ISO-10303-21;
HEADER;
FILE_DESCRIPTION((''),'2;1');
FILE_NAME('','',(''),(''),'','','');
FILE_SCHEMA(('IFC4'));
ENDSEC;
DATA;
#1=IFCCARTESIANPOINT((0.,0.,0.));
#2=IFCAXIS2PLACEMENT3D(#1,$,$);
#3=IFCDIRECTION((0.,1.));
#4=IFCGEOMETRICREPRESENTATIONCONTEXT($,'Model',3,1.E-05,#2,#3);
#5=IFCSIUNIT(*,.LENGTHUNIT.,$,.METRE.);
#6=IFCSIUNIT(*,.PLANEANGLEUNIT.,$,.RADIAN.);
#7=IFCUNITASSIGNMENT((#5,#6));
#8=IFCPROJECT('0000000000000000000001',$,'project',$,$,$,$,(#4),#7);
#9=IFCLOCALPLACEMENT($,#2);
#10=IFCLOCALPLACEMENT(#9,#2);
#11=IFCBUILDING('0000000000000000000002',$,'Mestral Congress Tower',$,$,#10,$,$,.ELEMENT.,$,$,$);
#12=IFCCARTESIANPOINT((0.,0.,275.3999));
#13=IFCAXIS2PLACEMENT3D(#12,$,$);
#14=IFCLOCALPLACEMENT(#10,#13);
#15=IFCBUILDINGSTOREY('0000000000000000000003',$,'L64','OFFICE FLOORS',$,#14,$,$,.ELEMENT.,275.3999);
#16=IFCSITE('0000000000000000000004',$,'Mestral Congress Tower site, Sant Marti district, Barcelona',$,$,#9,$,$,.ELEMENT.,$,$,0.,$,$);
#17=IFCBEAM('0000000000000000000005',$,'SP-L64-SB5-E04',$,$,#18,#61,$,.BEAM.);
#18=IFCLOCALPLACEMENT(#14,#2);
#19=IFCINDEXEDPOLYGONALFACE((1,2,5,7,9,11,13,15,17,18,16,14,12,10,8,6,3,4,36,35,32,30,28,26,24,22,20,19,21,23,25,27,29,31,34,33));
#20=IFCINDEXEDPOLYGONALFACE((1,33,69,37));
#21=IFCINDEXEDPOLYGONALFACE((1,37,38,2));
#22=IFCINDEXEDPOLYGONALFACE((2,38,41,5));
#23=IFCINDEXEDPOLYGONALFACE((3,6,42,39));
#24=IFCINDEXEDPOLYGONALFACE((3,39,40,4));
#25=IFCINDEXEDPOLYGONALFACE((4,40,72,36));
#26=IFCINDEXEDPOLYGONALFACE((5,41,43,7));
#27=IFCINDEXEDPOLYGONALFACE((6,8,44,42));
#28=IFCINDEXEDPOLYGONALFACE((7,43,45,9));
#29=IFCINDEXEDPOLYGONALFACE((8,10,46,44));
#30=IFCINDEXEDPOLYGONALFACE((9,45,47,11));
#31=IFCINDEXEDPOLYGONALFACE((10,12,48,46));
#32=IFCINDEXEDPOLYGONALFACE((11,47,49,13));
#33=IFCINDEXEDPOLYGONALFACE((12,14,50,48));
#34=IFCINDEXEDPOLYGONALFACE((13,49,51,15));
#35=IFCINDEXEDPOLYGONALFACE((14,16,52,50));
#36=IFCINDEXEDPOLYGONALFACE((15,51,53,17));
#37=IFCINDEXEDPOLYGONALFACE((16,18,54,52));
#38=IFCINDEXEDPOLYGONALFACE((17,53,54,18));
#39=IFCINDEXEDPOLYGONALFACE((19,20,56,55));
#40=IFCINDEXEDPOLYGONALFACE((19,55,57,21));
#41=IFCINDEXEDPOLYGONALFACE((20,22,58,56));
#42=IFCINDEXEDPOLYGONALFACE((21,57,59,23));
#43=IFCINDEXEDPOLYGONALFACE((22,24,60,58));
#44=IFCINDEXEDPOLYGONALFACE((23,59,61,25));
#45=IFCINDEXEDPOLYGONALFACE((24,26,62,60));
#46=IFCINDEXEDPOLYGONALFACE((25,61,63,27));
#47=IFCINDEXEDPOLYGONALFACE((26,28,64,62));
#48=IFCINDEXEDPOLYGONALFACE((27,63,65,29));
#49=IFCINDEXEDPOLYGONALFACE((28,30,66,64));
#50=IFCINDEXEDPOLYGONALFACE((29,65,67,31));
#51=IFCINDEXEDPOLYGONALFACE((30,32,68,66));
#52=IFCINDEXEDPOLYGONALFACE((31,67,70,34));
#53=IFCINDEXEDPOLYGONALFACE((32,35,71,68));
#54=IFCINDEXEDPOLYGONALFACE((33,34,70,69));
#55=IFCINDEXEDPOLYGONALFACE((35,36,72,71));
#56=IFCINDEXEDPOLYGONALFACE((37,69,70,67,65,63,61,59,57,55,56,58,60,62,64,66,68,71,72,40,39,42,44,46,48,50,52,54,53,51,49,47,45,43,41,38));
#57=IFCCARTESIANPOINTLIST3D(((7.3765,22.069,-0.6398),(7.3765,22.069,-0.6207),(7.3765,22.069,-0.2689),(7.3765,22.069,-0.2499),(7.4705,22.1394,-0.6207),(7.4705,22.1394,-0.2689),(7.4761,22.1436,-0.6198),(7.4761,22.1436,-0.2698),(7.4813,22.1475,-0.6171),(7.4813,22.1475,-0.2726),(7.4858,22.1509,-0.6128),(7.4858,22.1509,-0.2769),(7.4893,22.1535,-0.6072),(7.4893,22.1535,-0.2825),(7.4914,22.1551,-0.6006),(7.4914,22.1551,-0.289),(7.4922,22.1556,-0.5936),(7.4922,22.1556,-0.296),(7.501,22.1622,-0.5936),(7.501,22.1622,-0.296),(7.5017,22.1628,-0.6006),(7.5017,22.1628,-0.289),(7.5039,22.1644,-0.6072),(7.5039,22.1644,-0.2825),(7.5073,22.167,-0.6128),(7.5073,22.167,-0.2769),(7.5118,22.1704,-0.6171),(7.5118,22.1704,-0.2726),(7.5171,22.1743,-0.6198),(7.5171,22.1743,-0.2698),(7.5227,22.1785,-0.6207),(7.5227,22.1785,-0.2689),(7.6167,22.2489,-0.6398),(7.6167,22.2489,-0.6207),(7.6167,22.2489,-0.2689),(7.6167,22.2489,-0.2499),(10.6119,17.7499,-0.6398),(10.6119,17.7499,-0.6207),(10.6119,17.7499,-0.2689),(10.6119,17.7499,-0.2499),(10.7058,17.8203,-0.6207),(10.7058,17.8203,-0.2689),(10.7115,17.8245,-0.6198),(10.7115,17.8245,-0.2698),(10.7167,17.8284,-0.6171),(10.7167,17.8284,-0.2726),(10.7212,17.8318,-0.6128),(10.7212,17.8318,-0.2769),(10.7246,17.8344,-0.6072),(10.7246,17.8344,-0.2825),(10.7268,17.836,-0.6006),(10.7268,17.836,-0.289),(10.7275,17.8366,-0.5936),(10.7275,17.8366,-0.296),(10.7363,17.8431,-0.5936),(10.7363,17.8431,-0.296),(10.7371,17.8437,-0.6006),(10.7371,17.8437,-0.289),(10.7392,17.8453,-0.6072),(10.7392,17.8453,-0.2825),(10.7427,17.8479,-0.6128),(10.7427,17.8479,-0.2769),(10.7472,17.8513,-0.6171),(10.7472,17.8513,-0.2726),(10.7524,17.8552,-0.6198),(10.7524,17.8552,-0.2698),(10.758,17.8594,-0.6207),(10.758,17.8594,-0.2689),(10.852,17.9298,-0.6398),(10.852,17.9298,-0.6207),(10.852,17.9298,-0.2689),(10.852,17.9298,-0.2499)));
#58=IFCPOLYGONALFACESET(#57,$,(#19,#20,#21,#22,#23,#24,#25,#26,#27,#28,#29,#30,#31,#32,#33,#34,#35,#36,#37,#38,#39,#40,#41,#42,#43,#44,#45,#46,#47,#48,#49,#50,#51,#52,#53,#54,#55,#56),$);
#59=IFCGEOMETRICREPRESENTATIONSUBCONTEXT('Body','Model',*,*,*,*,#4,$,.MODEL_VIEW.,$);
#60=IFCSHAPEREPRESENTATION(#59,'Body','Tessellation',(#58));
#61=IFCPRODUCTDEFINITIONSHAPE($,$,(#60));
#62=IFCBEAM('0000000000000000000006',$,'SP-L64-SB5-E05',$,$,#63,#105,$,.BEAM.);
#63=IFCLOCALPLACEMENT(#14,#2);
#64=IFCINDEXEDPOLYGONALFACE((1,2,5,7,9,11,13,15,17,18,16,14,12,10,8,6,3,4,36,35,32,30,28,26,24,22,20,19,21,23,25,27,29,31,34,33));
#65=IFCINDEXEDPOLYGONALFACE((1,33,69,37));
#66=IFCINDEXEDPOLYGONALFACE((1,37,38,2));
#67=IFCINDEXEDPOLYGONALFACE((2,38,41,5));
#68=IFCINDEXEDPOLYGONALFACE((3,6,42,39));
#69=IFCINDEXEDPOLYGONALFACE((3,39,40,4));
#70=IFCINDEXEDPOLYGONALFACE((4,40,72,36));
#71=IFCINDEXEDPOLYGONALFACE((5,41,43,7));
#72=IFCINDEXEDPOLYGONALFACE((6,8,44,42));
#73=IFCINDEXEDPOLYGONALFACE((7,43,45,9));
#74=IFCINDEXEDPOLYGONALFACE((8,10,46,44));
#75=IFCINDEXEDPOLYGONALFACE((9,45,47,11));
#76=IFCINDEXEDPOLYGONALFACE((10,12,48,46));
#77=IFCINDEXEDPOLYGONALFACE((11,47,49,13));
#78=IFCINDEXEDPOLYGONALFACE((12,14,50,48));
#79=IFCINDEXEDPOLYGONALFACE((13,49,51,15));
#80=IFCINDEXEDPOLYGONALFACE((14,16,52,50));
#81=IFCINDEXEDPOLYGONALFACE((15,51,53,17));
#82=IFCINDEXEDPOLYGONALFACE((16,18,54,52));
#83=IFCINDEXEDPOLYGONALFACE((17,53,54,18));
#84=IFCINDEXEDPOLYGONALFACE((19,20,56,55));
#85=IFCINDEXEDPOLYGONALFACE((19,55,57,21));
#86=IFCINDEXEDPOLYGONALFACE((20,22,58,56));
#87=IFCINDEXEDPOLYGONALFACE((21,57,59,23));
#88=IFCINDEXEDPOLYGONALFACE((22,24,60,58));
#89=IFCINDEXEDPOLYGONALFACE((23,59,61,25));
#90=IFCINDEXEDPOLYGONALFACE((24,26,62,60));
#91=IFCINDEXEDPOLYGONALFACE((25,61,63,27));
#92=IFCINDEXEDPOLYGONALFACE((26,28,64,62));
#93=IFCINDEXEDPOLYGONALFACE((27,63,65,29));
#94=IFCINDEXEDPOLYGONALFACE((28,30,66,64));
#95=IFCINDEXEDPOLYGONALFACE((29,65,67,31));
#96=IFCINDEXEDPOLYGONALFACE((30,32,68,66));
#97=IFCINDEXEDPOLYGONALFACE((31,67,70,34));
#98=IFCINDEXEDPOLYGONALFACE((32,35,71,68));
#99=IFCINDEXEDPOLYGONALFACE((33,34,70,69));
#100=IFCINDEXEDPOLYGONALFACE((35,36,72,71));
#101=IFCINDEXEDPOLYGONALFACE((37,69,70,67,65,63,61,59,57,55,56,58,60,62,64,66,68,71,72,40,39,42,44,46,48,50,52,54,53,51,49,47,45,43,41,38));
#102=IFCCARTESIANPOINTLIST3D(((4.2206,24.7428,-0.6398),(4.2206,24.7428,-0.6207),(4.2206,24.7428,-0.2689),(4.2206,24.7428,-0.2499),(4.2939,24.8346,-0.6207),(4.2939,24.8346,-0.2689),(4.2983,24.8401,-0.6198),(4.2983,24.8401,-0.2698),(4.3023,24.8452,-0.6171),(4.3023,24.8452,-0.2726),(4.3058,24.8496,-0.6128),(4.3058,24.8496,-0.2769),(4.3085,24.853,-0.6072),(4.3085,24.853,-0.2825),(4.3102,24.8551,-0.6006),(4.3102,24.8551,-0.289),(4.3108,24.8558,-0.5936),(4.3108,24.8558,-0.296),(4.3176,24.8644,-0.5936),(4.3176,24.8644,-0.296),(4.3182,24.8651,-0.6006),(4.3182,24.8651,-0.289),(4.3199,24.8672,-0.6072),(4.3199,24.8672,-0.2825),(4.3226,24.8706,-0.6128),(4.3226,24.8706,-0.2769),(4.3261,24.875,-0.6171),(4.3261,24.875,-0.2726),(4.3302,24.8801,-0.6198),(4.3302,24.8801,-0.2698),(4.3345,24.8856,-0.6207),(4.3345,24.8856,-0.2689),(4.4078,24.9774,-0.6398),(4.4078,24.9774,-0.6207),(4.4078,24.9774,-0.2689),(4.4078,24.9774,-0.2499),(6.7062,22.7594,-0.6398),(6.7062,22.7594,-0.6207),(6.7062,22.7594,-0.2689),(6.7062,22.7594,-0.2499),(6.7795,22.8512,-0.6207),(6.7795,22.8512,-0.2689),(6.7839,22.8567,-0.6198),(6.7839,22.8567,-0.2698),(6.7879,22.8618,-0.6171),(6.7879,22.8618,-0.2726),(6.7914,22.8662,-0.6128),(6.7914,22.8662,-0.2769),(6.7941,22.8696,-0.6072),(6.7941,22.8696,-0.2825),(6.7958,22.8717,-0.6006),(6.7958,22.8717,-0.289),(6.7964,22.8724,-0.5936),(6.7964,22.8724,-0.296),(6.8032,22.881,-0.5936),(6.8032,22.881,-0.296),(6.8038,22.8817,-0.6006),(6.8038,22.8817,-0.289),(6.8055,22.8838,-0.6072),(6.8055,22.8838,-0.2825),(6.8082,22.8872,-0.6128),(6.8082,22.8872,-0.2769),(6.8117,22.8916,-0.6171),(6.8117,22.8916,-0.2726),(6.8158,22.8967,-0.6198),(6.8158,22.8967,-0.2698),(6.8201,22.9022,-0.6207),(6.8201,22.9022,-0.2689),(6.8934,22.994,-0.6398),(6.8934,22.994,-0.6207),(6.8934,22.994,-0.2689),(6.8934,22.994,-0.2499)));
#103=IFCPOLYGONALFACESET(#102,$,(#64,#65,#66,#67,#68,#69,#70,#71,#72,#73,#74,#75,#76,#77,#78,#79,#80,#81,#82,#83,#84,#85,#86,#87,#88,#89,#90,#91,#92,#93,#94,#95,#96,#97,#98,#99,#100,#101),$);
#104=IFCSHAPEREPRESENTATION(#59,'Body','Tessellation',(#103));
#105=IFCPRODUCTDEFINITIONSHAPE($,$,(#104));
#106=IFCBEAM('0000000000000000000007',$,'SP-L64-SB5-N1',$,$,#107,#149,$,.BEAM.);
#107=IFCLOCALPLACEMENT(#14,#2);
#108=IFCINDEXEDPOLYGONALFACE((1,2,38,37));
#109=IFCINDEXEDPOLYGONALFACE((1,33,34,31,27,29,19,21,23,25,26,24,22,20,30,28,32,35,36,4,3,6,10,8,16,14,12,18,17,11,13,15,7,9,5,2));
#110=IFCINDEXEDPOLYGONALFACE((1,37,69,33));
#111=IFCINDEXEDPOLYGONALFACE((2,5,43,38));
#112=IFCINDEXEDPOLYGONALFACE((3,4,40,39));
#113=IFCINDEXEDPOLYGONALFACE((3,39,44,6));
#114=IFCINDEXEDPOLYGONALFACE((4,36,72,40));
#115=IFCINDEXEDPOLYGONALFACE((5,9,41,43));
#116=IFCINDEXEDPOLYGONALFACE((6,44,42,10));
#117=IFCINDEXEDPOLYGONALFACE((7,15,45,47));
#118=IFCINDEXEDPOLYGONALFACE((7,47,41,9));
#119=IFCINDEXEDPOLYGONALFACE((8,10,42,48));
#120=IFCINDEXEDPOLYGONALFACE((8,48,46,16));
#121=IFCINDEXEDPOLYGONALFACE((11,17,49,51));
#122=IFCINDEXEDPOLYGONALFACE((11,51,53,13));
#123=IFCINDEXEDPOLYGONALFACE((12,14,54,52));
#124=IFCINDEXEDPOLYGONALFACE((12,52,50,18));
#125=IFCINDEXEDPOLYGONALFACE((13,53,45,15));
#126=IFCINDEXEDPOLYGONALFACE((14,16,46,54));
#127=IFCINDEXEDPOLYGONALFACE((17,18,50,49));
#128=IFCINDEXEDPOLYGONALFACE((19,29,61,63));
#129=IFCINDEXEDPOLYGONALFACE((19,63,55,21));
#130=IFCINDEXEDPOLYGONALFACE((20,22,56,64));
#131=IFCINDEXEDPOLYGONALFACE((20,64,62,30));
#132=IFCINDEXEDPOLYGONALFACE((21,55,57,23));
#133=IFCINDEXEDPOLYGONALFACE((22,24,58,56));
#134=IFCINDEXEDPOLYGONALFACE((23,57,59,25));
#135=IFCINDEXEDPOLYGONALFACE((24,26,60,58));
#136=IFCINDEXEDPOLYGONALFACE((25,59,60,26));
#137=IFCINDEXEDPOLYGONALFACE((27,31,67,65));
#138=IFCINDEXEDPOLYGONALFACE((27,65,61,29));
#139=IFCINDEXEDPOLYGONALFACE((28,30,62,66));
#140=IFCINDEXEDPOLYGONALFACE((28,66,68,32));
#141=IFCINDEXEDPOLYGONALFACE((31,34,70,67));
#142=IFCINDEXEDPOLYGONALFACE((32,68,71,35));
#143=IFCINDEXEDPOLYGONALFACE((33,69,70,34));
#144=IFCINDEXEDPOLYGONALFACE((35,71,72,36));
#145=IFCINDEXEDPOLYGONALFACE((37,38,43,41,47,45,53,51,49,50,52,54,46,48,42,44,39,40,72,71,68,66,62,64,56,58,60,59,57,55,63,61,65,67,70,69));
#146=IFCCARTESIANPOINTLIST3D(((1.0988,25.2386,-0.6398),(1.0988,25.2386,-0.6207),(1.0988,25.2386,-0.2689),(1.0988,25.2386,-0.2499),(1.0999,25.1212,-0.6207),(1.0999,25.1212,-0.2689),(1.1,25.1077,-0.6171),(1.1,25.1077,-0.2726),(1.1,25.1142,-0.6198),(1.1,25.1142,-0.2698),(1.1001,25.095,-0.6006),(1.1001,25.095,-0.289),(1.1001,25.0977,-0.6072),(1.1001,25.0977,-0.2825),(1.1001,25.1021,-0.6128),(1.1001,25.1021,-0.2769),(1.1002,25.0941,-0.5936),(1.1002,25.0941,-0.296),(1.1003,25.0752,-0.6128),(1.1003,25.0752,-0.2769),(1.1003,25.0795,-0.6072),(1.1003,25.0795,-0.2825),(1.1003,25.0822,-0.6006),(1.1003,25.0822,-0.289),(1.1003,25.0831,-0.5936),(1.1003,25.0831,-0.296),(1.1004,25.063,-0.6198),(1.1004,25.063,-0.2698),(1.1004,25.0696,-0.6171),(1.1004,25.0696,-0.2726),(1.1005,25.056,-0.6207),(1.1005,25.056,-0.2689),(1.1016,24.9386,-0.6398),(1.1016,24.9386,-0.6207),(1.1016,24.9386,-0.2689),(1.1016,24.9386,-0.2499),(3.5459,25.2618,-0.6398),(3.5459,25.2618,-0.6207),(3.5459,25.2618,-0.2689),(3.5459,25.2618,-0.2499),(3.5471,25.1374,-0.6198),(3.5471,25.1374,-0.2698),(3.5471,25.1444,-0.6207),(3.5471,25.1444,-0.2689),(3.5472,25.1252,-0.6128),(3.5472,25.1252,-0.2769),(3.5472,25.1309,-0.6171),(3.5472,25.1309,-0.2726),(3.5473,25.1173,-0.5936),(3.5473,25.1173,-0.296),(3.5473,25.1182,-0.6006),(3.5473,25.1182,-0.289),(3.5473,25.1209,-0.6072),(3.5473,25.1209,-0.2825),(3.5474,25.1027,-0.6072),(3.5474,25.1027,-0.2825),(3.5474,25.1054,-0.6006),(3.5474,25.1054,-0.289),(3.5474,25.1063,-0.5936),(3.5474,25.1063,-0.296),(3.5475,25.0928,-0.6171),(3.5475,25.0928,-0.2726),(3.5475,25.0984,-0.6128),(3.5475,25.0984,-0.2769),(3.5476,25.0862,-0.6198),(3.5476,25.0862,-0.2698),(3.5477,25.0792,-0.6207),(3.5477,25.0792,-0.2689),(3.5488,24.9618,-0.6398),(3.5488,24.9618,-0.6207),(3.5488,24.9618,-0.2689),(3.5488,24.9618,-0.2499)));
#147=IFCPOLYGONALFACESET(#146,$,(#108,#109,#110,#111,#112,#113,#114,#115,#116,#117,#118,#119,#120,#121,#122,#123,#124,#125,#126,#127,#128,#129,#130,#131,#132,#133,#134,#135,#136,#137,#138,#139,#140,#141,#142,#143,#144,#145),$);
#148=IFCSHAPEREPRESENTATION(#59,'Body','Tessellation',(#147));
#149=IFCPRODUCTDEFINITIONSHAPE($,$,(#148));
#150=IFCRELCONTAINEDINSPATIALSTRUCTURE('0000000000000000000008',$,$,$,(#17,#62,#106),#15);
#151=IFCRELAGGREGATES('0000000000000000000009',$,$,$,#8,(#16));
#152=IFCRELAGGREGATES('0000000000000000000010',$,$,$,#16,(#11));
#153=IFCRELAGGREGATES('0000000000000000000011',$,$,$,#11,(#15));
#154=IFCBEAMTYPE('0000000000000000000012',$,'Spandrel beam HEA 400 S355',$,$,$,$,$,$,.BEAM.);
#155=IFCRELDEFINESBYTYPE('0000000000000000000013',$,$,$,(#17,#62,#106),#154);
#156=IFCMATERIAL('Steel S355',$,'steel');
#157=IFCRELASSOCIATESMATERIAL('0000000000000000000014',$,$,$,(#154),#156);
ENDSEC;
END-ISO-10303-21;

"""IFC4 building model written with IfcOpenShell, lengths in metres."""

from ifc_helpers import new_model, si_unit, direction, frame, origin, origin_2d, place, context, subcontext, project, spatial, i_section, extrude, material, material_profile, profile_set, type_object, element, save


model = new_model("IFC4")

# Units and contexts
model_context = context("Model", 3, precision=1e-05, world=origin(), true_north=direction((0.0, 1.0)))
body_context = subcontext(model_context, "Body", "Model", "MODEL_VIEW")
ifc_project = project(units=[si_unit("LENGTHUNIT", "METRE"), si_unit("PLANEANGLEUNIT", "RADIAN")], contexts=[model_context])

# Site, building, storey
site_placement = place(None, origin())
site = spatial("IfcSite", under=ifc_project, at=site_placement, Name="Mestral Congress Tower site, Sant Marti district, Barcelona", CompositionType="ELEMENT", RefElevation=0.0)
building_placement = place(site_placement, origin())
building = spatial("IfcBuilding", under=site, at=building_placement, Name="Mestral Congress Tower", CompositionType="ELEMENT")
storey_placement = place(building_placement, frame((0.0, 0.0, 275.3999)))
storey = spatial("IfcBuildingStorey", under=building, at=storey_placement, Name="L64", Description="OFFICE FLOORS", CompositionType="ELEMENT", Elevation=275.3999)

# Beams
ifc_material_1 = material(Name="Steel S355", Category="steel")
ifc_material_profile_1 = material_profile(ifc_material_1, i_section(OverallWidth=0.3, OverallDepth=0.3899, WebThickness=0.011, FlangeThickness=0.019, FilletRadius=0.0271, at=origin_2d()), Name="HEA 400")
ifc_profile_set_1 = profile_set([ifc_material_profile_1], Name="Steel S355")
beam_type_1 = type_object("IfcBeamType", Name="Spandrel beam HEA 400 S355", PredefinedType="BEAM", material=ifc_profile_set_1)
beam_1_placement = place(storey_placement, frame((10.7319, 17.8398, -0.4448), z_axis=(-0.599529, 0.800353, 0.0), x_axis=(-0.800353, -0.599529, 0.0)))
element("IfcBeam", 1, at=beam_1_placement, inside=storey, type_object=beam_type_1, Name="SP-L64-SB5-E04", PredefinedType="BEAM", context=body_context, shape_type="SweptSolid", body=[
    extrude(i_section(OverallWidth=0.3, OverallDepth=0.3899, WebThickness=0.011, FlangeThickness=0.019, FilletRadius=0.0271, at=origin_2d()), origin(), (0.0, 0.0, 1.0), 5.3965),
])
beam_2_placement = place(storey_placement, frame((6.7998, 22.8767, -0.4448), z_axis=(-0.781647, 0.623721, 0.0), x_axis=(-0.623721, -0.781647, 0.0)))
element("IfcBeam", 2, at=beam_2_placement, inside=storey, type_object=beam_type_1, Name="SP-L64-SB5-E05", PredefinedType="BEAM", context=body_context, shape_type="SweptSolid", body=[
    extrude(i_section(OverallWidth=0.3, OverallDepth=0.3899, WebThickness=0.011, FlangeThickness=0.019, FilletRadius=0.0271, at=origin_2d()), origin(), (0.0, 0.0, 1.0), 3.1799),
])
beam_3_placement = place(storey_placement, frame((3.5474, 25.1118, -0.4448), z_axis=(-0.999955, -0.009477, 0.0), x_axis=(0.009477, -0.999955, 0.0)))
element("IfcBeam", 3, at=beam_3_placement, inside=storey, type_object=beam_type_1, Name="SP-L64-SB5-N1", PredefinedType="BEAM", context=body_context, shape_type="SweptSolid", body=[
    extrude(i_section(OverallWidth=0.3, OverallDepth=0.3899, WebThickness=0.011, FlangeThickness=0.019, FilletRadius=0.0271, at=origin_2d()), origin(), (0.0, 0.0, 1.0), 2.4473),
])

save(model, "model.ifc")
